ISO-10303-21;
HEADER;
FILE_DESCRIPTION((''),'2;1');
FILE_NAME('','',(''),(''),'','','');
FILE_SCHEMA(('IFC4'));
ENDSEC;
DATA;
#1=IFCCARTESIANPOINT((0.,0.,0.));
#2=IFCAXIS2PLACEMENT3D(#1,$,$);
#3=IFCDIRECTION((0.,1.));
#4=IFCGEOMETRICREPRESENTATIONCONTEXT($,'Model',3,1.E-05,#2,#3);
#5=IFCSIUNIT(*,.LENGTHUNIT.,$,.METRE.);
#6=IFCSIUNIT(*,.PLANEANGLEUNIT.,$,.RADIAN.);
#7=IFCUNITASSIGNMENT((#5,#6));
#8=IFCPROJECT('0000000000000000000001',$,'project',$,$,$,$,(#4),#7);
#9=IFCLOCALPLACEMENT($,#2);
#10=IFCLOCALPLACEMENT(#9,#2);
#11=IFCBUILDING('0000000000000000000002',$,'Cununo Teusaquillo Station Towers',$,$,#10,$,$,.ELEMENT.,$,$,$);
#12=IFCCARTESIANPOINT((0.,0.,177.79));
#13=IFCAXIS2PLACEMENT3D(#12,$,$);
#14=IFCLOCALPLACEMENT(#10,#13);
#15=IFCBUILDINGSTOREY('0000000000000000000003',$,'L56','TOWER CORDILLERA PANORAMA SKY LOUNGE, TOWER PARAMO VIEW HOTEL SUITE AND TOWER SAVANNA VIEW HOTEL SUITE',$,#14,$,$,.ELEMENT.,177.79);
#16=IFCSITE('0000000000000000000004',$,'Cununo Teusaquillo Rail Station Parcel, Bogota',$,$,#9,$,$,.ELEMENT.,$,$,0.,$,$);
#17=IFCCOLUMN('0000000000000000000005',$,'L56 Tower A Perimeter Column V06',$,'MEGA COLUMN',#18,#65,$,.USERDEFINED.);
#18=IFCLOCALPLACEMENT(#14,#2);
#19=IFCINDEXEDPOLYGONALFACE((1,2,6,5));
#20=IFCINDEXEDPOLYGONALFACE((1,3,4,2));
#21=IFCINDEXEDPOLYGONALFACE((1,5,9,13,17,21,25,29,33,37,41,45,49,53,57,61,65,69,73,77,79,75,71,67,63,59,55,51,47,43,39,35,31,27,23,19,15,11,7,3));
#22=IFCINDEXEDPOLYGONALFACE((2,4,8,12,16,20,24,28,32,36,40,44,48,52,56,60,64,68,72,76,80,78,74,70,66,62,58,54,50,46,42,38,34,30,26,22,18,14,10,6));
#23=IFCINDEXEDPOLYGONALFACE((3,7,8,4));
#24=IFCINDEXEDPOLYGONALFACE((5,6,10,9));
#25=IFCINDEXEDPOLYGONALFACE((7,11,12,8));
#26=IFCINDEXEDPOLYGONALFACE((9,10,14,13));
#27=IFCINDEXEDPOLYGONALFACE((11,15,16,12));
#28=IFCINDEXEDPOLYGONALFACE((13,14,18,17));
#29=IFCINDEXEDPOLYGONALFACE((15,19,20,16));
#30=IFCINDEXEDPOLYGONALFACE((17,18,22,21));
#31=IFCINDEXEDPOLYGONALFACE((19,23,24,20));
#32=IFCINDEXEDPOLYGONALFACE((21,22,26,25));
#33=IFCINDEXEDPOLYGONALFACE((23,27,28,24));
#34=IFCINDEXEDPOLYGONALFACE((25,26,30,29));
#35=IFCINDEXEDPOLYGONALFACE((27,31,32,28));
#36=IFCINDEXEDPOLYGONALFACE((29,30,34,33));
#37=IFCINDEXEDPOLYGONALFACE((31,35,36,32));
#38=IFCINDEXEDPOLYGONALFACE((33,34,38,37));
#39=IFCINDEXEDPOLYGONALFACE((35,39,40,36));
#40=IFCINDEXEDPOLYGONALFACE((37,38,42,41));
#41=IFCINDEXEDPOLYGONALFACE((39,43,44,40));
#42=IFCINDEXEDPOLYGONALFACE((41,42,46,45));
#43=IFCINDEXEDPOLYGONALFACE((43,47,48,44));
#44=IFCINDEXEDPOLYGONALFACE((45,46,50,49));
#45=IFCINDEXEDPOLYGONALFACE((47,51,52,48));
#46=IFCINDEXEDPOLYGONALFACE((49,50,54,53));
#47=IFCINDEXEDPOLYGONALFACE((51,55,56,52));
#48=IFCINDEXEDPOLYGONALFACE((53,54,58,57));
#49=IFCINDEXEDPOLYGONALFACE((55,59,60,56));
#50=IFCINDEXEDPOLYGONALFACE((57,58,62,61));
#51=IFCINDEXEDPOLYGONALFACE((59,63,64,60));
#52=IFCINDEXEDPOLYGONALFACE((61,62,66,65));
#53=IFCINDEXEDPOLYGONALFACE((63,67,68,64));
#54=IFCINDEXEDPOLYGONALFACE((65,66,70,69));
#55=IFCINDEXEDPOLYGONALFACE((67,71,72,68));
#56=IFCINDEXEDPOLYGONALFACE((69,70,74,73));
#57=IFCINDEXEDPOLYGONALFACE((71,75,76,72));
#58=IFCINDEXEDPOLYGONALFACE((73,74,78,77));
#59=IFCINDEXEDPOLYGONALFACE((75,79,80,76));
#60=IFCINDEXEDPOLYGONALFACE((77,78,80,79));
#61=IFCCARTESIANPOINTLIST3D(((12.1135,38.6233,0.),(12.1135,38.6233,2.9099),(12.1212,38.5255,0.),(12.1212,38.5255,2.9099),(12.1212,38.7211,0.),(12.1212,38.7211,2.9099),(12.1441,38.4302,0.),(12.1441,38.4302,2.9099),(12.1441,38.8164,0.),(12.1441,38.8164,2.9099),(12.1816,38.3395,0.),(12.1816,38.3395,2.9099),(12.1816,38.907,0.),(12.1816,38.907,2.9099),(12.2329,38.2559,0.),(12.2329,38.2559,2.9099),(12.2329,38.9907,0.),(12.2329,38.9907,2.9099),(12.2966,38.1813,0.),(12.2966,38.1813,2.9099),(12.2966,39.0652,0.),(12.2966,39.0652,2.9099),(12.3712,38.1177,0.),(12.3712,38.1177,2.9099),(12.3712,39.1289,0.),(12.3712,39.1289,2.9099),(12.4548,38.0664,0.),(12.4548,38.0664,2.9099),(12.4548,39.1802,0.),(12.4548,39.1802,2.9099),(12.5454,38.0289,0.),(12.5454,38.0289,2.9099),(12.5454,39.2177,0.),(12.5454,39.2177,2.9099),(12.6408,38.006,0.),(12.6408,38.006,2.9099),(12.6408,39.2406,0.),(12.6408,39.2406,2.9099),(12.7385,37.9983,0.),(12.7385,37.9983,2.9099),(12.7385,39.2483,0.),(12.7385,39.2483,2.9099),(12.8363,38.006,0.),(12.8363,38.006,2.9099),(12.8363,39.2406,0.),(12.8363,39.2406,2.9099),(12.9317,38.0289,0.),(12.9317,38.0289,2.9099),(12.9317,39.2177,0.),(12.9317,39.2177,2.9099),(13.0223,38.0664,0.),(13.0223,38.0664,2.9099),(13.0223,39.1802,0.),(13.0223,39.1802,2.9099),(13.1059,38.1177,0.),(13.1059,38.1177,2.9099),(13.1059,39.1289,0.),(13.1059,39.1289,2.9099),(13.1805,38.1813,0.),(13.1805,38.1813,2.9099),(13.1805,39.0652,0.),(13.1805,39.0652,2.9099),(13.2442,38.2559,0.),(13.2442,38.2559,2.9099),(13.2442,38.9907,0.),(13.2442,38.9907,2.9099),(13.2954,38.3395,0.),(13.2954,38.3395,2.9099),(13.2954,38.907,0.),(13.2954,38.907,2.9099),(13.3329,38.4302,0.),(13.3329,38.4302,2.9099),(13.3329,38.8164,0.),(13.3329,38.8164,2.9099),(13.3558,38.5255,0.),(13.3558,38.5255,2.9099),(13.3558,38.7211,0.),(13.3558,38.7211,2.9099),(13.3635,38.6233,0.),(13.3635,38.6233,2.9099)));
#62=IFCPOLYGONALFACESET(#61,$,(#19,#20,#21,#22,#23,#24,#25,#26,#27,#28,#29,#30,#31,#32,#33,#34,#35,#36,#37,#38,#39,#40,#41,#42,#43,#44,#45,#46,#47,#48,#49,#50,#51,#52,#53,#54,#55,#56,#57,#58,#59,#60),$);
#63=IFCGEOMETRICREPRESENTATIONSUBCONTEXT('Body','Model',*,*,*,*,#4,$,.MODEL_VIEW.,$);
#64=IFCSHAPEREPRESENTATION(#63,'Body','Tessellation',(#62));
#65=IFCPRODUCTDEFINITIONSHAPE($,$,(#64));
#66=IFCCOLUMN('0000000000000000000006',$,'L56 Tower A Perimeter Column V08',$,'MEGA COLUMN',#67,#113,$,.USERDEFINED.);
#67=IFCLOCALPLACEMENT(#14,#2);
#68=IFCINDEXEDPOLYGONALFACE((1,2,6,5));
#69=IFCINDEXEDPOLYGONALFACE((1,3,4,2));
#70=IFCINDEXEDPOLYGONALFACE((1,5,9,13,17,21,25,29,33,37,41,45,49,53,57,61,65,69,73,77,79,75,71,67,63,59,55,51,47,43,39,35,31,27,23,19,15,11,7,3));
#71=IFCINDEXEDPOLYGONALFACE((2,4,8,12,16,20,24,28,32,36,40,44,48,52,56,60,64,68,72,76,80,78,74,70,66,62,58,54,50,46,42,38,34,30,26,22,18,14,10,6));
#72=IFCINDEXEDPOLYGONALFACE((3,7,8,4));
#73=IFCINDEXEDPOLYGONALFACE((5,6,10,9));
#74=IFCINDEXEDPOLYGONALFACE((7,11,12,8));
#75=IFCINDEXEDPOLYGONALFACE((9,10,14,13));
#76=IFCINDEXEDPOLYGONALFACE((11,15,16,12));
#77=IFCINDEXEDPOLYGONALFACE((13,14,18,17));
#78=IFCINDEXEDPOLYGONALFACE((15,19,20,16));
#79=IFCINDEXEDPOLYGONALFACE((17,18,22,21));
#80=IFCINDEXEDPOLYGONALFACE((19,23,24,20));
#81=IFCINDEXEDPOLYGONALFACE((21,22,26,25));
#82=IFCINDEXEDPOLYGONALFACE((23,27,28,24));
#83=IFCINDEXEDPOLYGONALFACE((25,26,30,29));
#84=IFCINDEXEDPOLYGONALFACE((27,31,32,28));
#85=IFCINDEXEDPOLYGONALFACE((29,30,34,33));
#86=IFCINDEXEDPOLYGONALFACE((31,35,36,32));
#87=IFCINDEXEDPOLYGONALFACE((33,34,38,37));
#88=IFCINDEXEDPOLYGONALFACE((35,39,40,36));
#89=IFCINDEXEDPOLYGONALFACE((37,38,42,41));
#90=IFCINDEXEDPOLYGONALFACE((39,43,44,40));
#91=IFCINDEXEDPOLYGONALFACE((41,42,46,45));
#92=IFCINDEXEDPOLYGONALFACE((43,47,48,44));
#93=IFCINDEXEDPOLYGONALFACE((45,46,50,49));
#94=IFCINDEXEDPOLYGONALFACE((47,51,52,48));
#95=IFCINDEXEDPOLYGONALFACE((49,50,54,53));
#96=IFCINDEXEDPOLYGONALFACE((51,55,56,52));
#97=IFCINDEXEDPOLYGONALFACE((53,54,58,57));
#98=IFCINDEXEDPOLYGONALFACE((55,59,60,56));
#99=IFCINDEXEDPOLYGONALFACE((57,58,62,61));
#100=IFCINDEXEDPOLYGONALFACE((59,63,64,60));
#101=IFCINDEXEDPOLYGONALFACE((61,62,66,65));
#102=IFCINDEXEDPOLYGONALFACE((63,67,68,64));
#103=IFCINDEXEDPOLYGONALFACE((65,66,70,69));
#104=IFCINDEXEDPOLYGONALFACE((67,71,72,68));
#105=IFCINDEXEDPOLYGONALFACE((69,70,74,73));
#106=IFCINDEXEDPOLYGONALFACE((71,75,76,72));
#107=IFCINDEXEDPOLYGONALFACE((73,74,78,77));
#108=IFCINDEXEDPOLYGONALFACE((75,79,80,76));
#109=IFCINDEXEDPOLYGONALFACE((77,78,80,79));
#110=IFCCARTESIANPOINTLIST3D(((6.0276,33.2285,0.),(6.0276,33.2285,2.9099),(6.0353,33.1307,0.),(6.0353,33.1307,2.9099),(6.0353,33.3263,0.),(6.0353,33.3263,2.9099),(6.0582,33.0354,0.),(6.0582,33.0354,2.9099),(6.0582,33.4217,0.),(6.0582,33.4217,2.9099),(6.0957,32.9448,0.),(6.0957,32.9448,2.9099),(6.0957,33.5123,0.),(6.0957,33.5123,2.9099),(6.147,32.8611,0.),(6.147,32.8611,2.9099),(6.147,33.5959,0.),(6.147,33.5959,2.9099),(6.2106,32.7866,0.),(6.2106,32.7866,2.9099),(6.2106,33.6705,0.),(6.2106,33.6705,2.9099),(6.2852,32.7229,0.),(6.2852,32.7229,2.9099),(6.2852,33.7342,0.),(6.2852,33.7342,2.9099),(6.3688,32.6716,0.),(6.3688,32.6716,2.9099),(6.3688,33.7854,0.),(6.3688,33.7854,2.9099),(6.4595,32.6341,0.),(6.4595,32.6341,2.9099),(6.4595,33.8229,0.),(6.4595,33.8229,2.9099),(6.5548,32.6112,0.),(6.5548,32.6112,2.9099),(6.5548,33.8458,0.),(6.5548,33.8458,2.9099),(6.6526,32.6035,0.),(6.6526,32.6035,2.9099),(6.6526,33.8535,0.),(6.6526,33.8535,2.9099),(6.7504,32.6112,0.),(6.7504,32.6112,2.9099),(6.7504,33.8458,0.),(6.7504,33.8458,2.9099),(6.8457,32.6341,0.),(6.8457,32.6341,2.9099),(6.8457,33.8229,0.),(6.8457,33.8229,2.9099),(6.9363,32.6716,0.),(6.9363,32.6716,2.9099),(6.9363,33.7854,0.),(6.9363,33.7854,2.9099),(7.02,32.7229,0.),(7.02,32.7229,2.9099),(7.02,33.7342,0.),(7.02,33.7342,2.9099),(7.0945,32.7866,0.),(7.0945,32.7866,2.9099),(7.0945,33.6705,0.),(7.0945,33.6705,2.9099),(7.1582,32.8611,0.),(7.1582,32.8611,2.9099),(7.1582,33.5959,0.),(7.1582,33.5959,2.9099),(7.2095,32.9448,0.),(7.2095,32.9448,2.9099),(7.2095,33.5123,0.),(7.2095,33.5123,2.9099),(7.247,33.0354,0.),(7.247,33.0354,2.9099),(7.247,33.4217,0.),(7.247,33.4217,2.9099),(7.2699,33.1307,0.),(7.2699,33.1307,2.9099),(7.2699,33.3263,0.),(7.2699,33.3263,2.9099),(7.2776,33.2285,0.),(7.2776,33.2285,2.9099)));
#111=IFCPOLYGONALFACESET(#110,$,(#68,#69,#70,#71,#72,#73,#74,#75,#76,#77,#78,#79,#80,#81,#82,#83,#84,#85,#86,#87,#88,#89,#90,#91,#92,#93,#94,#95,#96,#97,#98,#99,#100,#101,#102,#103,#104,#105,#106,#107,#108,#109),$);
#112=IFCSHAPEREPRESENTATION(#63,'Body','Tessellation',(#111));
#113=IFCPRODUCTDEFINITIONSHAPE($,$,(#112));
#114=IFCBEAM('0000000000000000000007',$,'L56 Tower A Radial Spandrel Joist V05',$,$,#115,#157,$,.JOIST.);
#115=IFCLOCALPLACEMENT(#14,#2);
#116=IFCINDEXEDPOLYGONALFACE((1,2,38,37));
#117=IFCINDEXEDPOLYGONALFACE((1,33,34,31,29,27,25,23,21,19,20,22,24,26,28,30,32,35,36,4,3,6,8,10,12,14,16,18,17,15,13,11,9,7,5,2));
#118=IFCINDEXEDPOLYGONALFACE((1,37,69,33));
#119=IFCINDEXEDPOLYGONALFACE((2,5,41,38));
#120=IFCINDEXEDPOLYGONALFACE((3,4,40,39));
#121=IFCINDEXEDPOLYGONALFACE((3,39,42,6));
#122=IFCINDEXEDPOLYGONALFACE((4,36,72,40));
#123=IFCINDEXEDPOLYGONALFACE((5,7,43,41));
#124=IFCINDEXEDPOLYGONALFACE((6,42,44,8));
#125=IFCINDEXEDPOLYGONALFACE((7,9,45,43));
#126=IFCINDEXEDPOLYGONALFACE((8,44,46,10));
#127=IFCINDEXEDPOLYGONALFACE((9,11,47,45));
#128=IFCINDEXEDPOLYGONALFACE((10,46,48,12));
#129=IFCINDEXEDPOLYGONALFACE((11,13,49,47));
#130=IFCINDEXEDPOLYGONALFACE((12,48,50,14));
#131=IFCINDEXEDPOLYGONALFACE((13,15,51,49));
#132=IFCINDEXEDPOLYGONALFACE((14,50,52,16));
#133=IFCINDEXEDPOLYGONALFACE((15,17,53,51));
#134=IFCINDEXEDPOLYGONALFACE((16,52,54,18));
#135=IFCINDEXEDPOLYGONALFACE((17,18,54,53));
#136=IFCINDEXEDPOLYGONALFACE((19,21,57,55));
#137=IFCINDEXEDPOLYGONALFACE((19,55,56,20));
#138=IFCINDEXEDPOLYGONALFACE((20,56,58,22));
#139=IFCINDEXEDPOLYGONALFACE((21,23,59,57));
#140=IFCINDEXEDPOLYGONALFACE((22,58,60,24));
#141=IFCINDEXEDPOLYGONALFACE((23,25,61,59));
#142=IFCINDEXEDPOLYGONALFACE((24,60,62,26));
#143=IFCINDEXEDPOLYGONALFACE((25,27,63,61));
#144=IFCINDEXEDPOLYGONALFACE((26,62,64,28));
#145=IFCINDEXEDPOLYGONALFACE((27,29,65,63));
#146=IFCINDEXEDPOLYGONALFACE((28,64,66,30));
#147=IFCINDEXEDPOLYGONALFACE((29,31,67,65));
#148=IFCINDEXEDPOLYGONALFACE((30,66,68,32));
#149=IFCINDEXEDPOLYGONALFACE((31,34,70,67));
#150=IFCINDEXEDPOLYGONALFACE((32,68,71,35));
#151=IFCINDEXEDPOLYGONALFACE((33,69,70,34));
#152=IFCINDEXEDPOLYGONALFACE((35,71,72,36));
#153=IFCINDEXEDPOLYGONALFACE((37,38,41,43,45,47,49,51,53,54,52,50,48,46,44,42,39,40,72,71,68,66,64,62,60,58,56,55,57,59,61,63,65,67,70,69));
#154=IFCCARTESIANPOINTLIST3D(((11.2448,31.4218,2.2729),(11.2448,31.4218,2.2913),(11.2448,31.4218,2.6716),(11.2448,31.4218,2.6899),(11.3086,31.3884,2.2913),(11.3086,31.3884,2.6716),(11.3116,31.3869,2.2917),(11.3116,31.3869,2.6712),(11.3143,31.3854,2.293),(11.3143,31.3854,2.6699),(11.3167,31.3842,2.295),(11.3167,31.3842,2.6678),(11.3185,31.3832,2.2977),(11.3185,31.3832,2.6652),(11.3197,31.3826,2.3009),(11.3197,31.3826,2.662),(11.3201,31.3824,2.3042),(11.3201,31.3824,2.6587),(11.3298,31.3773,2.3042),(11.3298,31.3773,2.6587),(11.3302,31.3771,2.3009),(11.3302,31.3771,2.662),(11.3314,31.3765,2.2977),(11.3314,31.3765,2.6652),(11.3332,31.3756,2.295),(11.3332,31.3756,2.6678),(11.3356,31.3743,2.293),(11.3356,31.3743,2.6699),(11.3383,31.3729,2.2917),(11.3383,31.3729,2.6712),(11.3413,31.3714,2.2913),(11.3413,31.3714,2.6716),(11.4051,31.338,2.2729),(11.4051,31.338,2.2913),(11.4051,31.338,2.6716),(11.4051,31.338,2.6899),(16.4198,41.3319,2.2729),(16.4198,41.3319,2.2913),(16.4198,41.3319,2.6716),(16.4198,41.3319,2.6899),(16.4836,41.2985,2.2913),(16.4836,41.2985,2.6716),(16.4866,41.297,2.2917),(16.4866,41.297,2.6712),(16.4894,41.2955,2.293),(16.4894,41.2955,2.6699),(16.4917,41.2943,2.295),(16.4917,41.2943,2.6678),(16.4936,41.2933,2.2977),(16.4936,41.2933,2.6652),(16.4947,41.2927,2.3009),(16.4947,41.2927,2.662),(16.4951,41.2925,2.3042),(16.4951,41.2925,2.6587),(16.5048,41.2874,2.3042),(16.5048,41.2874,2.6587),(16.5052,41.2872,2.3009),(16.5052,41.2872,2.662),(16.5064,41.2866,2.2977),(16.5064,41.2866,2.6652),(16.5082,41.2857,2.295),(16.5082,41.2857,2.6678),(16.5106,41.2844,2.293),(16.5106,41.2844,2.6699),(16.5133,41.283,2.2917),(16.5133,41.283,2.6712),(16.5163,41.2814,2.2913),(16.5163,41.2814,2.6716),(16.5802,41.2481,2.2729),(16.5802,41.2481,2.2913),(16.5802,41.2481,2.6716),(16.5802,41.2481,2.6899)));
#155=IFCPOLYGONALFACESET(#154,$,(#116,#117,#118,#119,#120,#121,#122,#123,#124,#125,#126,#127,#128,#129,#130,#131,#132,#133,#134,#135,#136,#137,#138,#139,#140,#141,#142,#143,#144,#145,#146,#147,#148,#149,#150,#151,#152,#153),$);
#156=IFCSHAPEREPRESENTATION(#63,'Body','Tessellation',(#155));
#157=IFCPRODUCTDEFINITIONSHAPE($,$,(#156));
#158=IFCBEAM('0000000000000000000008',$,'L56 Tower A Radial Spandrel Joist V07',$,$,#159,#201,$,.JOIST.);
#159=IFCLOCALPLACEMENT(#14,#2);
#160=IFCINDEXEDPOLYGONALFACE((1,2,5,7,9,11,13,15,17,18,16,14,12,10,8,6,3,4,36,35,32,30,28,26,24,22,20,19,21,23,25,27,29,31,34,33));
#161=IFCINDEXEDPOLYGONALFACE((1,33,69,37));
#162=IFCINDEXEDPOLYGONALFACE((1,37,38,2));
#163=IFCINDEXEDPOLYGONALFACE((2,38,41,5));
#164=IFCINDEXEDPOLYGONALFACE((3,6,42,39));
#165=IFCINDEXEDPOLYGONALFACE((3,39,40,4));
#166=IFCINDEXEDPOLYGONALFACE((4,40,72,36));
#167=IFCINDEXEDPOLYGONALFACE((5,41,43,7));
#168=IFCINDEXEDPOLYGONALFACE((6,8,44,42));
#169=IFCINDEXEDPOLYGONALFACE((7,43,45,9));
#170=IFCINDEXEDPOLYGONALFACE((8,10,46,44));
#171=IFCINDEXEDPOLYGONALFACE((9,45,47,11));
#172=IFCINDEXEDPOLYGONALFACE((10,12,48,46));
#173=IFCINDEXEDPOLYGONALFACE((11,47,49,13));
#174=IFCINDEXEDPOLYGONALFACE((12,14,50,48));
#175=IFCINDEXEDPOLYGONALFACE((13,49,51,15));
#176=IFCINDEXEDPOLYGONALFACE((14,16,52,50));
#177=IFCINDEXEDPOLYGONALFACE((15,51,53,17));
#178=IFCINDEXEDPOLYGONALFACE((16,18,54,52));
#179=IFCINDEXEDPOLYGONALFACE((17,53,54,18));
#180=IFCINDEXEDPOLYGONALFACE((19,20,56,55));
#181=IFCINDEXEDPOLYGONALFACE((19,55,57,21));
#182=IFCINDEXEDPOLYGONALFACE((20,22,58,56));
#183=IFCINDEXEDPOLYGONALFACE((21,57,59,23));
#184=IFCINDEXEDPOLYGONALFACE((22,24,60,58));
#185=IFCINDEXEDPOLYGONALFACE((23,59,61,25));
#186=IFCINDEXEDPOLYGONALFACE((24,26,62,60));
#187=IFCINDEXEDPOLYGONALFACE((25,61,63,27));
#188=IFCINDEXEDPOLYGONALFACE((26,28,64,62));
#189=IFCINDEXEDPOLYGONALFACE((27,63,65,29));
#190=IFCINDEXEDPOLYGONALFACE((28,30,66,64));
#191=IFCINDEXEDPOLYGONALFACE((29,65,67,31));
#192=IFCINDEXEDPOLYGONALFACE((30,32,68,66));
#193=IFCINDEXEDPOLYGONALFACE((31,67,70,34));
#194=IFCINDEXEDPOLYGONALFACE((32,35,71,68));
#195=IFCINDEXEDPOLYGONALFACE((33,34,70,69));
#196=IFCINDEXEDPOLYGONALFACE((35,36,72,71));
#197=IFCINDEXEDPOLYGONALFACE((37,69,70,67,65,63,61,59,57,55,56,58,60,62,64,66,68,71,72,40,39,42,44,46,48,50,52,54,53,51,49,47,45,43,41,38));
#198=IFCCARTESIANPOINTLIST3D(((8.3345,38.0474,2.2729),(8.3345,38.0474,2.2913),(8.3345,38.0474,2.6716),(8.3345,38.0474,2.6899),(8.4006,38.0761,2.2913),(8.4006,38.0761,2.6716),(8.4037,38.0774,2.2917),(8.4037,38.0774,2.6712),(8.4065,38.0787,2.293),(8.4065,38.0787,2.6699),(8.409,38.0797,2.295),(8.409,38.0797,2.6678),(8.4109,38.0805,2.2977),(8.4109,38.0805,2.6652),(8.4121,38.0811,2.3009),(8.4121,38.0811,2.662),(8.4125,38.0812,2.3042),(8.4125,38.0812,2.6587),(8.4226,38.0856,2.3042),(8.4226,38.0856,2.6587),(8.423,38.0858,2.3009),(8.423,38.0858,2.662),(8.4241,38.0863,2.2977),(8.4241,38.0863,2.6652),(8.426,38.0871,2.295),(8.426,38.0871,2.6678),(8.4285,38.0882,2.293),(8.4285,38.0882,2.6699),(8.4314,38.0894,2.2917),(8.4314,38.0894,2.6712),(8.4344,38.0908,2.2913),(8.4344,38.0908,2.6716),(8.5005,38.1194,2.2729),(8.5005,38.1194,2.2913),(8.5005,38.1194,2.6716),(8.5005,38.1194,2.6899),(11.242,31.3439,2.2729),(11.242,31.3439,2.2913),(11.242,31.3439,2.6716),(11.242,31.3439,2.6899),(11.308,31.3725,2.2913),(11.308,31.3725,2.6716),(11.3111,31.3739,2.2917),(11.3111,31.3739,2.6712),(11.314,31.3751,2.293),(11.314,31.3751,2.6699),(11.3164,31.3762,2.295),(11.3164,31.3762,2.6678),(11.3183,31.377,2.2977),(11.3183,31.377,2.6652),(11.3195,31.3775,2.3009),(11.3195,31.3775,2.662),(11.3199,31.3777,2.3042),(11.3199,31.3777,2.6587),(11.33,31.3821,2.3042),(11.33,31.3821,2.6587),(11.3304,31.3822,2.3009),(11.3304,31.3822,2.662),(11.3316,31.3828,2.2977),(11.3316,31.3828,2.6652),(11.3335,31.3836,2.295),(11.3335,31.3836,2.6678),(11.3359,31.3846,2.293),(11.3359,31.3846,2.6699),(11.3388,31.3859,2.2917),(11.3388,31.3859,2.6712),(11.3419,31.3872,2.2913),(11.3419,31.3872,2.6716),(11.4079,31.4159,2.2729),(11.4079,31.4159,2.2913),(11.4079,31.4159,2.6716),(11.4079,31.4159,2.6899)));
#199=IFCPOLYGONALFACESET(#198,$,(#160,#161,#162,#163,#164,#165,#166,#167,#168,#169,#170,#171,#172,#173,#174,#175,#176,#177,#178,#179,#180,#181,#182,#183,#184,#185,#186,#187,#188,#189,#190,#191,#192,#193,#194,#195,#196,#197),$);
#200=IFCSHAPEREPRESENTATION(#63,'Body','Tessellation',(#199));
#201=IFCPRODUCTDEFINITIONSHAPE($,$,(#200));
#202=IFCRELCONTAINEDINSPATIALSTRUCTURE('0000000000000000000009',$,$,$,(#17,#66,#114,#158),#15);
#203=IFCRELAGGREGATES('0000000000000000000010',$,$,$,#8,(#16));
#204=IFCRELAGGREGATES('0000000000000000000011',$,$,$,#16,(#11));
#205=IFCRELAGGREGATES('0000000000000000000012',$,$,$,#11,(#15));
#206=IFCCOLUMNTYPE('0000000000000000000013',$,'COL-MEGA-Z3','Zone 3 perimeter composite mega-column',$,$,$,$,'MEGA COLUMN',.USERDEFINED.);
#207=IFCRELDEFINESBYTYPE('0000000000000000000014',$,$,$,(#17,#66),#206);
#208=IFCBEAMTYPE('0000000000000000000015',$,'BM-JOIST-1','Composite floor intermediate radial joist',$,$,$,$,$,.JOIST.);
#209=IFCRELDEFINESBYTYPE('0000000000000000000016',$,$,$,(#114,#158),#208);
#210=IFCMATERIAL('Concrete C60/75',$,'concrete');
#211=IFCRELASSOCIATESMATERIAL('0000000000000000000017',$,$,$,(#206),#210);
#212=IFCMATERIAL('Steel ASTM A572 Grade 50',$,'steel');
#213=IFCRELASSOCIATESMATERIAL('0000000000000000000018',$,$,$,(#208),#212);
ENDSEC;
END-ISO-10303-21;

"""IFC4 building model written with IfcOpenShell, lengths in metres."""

from ifc_helpers import new_model, si_unit, direction, frame, origin, origin_2d, place, context, subcontext, project, spatial, circle, i_section, extrude, material, material_profile, profile_set, type_object, element, save


model = new_model("IFC4")

# Units and contexts
model_context = context("Model", 3, precision=1e-05, world=origin(), true_north=direction((0.0, 1.0)))
body_context = subcontext(model_context, "Body", "Model", "MODEL_VIEW")
ifc_project = project(units=[si_unit("LENGTHUNIT", "METRE"), si_unit("PLANEANGLEUNIT", "RADIAN")], contexts=[model_context])

# Site, building, storey
site_placement = place(None, origin())
site = spatial("IfcSite", under=ifc_project, at=site_placement, Name="Cununo Teusaquillo Rail Station Parcel, Bogota", CompositionType="ELEMENT", RefElevation=0.0)
building_placement = place(site_placement, origin())
building = spatial("IfcBuilding", under=site, at=building_placement, Name="Cununo Teusaquillo Station Towers", CompositionType="ELEMENT")
storey_placement = place(building_placement, frame((0.0, 0.0, 177.79)))
storey = spatial("IfcBuildingStorey", under=building, at=storey_placement, Name="L56", Description="TOWER CORDILLERA PANORAMA SKY LOUNGE, TOWER PARAMO VIEW HOTEL SUITE AND TOWER SAVANNA VIEW HOTEL SUITE", CompositionType="ELEMENT", Elevation=177.79)

# Columns
ifc_material_1 = material(Name="Concrete C60/75", Category="concrete")
ifc_material_profile_1 = material_profile(ifc_material_1, circle(Radius=0.625, at=origin_2d()), Name="RC-CIRC-1250")
ifc_profile_set_1 = profile_set([ifc_material_profile_1], Name="Concrete C60/75")
column_type = type_object("IfcColumnType", Name="COL-MEGA-Z3", Description="Zone 3 perimeter composite mega-column", ElementType="MEGA COLUMN", PredefinedType="USERDEFINED", material=ifc_profile_set_1)
for number, where, z_axis, x_axis, name in (
    (1, (12.7385, 38.6233, 0.0), (0.0, 0.0, 1.0), (1.0, 0.0, 0.0), "L56 Tower A Perimeter Column V06"),
    (2, (6.6526, 33.2285, 0.0), (0.0, 0.0, 1.0), (1.0, 0.0, 0.0), "L56 Tower A Perimeter Column V08"),
):
    element("IfcColumn", number, at=place(storey_placement, frame(where, z_axis=z_axis, x_axis=x_axis)), inside=storey, type_object=column_type, Name=name, ObjectType="MEGA COLUMN", PredefinedType="USERDEFINED", context=body_context, shape_type="SweptSolid", body=[
        extrude(circle(Radius=0.625, at=origin_2d()), origin(), (0.0, 0.0, 1.0), 2.9099),
    ])

# Beams
ifc_material_2 = material(Name="Steel ASTM A572 Grade 50", Category="steel")
ifc_material_profile_2 = material_profile(ifc_material_2, i_section(OverallWidth=0.1809, OverallDepth=0.417, WebThickness=0.011, FlangeThickness=0.0183, FilletRadius=0.0129, at=origin_2d()), Name="W16X57")
ifc_profile_set_2 = profile_set([ifc_material_profile_2], Name="Steel ASTM A572 Grade 50")
beam_type_1 = type_object("IfcBeamType", Name="BM-JOIST-1", Description="Composite floor intermediate radial joist", PredefinedType="JOIST", material=ifc_profile_set_2)
beam_1_placement = place(storey_placement, frame((11.325, 31.3799, 2.4814), z_axis=(0.462885, 0.886419, 0.0), x_axis=(-0.886419, 0.462885, 0.0)))
element("IfcBeam", 3, at=beam_1_placement, inside=storey, type_object=beam_type_1, Name="L56 Tower A Radial Spandrel Joist V05", PredefinedType="JOIST", context=body_context, shape_type="SweptSolid", body=[
    extrude(i_section(OverallWidth=0.1809, OverallDepth=0.417, WebThickness=0.011, FlangeThickness=0.0183, FilletRadius=0.0129, at=origin_2d()), origin(), (0.0, 0.0, 1.0), 11.1799),
])
beam_2_placement = place(storey_placement, frame((11.325, 31.3799, 2.4814), z_axis=(-0.397904, 0.917427, 0.0), x_axis=(-0.917427, -0.397904, 0.0)))
element("IfcBeam", 4, at=beam_2_placement, inside=storey, type_object=beam_type_1, Name="L56 Tower A Radial Spandrel Joist V07", PredefinedType="JOIST", context=body_context, shape_type="SweptSolid", body=[
    extrude(i_section(OverallWidth=0.1809, OverallDepth=0.417, WebThickness=0.011, FlangeThickness=0.0183, FilletRadius=0.0129, at=origin_2d()), origin(), (0.0, 0.0, 1.0), 7.3069),
])

save(model, "model.ifc")
